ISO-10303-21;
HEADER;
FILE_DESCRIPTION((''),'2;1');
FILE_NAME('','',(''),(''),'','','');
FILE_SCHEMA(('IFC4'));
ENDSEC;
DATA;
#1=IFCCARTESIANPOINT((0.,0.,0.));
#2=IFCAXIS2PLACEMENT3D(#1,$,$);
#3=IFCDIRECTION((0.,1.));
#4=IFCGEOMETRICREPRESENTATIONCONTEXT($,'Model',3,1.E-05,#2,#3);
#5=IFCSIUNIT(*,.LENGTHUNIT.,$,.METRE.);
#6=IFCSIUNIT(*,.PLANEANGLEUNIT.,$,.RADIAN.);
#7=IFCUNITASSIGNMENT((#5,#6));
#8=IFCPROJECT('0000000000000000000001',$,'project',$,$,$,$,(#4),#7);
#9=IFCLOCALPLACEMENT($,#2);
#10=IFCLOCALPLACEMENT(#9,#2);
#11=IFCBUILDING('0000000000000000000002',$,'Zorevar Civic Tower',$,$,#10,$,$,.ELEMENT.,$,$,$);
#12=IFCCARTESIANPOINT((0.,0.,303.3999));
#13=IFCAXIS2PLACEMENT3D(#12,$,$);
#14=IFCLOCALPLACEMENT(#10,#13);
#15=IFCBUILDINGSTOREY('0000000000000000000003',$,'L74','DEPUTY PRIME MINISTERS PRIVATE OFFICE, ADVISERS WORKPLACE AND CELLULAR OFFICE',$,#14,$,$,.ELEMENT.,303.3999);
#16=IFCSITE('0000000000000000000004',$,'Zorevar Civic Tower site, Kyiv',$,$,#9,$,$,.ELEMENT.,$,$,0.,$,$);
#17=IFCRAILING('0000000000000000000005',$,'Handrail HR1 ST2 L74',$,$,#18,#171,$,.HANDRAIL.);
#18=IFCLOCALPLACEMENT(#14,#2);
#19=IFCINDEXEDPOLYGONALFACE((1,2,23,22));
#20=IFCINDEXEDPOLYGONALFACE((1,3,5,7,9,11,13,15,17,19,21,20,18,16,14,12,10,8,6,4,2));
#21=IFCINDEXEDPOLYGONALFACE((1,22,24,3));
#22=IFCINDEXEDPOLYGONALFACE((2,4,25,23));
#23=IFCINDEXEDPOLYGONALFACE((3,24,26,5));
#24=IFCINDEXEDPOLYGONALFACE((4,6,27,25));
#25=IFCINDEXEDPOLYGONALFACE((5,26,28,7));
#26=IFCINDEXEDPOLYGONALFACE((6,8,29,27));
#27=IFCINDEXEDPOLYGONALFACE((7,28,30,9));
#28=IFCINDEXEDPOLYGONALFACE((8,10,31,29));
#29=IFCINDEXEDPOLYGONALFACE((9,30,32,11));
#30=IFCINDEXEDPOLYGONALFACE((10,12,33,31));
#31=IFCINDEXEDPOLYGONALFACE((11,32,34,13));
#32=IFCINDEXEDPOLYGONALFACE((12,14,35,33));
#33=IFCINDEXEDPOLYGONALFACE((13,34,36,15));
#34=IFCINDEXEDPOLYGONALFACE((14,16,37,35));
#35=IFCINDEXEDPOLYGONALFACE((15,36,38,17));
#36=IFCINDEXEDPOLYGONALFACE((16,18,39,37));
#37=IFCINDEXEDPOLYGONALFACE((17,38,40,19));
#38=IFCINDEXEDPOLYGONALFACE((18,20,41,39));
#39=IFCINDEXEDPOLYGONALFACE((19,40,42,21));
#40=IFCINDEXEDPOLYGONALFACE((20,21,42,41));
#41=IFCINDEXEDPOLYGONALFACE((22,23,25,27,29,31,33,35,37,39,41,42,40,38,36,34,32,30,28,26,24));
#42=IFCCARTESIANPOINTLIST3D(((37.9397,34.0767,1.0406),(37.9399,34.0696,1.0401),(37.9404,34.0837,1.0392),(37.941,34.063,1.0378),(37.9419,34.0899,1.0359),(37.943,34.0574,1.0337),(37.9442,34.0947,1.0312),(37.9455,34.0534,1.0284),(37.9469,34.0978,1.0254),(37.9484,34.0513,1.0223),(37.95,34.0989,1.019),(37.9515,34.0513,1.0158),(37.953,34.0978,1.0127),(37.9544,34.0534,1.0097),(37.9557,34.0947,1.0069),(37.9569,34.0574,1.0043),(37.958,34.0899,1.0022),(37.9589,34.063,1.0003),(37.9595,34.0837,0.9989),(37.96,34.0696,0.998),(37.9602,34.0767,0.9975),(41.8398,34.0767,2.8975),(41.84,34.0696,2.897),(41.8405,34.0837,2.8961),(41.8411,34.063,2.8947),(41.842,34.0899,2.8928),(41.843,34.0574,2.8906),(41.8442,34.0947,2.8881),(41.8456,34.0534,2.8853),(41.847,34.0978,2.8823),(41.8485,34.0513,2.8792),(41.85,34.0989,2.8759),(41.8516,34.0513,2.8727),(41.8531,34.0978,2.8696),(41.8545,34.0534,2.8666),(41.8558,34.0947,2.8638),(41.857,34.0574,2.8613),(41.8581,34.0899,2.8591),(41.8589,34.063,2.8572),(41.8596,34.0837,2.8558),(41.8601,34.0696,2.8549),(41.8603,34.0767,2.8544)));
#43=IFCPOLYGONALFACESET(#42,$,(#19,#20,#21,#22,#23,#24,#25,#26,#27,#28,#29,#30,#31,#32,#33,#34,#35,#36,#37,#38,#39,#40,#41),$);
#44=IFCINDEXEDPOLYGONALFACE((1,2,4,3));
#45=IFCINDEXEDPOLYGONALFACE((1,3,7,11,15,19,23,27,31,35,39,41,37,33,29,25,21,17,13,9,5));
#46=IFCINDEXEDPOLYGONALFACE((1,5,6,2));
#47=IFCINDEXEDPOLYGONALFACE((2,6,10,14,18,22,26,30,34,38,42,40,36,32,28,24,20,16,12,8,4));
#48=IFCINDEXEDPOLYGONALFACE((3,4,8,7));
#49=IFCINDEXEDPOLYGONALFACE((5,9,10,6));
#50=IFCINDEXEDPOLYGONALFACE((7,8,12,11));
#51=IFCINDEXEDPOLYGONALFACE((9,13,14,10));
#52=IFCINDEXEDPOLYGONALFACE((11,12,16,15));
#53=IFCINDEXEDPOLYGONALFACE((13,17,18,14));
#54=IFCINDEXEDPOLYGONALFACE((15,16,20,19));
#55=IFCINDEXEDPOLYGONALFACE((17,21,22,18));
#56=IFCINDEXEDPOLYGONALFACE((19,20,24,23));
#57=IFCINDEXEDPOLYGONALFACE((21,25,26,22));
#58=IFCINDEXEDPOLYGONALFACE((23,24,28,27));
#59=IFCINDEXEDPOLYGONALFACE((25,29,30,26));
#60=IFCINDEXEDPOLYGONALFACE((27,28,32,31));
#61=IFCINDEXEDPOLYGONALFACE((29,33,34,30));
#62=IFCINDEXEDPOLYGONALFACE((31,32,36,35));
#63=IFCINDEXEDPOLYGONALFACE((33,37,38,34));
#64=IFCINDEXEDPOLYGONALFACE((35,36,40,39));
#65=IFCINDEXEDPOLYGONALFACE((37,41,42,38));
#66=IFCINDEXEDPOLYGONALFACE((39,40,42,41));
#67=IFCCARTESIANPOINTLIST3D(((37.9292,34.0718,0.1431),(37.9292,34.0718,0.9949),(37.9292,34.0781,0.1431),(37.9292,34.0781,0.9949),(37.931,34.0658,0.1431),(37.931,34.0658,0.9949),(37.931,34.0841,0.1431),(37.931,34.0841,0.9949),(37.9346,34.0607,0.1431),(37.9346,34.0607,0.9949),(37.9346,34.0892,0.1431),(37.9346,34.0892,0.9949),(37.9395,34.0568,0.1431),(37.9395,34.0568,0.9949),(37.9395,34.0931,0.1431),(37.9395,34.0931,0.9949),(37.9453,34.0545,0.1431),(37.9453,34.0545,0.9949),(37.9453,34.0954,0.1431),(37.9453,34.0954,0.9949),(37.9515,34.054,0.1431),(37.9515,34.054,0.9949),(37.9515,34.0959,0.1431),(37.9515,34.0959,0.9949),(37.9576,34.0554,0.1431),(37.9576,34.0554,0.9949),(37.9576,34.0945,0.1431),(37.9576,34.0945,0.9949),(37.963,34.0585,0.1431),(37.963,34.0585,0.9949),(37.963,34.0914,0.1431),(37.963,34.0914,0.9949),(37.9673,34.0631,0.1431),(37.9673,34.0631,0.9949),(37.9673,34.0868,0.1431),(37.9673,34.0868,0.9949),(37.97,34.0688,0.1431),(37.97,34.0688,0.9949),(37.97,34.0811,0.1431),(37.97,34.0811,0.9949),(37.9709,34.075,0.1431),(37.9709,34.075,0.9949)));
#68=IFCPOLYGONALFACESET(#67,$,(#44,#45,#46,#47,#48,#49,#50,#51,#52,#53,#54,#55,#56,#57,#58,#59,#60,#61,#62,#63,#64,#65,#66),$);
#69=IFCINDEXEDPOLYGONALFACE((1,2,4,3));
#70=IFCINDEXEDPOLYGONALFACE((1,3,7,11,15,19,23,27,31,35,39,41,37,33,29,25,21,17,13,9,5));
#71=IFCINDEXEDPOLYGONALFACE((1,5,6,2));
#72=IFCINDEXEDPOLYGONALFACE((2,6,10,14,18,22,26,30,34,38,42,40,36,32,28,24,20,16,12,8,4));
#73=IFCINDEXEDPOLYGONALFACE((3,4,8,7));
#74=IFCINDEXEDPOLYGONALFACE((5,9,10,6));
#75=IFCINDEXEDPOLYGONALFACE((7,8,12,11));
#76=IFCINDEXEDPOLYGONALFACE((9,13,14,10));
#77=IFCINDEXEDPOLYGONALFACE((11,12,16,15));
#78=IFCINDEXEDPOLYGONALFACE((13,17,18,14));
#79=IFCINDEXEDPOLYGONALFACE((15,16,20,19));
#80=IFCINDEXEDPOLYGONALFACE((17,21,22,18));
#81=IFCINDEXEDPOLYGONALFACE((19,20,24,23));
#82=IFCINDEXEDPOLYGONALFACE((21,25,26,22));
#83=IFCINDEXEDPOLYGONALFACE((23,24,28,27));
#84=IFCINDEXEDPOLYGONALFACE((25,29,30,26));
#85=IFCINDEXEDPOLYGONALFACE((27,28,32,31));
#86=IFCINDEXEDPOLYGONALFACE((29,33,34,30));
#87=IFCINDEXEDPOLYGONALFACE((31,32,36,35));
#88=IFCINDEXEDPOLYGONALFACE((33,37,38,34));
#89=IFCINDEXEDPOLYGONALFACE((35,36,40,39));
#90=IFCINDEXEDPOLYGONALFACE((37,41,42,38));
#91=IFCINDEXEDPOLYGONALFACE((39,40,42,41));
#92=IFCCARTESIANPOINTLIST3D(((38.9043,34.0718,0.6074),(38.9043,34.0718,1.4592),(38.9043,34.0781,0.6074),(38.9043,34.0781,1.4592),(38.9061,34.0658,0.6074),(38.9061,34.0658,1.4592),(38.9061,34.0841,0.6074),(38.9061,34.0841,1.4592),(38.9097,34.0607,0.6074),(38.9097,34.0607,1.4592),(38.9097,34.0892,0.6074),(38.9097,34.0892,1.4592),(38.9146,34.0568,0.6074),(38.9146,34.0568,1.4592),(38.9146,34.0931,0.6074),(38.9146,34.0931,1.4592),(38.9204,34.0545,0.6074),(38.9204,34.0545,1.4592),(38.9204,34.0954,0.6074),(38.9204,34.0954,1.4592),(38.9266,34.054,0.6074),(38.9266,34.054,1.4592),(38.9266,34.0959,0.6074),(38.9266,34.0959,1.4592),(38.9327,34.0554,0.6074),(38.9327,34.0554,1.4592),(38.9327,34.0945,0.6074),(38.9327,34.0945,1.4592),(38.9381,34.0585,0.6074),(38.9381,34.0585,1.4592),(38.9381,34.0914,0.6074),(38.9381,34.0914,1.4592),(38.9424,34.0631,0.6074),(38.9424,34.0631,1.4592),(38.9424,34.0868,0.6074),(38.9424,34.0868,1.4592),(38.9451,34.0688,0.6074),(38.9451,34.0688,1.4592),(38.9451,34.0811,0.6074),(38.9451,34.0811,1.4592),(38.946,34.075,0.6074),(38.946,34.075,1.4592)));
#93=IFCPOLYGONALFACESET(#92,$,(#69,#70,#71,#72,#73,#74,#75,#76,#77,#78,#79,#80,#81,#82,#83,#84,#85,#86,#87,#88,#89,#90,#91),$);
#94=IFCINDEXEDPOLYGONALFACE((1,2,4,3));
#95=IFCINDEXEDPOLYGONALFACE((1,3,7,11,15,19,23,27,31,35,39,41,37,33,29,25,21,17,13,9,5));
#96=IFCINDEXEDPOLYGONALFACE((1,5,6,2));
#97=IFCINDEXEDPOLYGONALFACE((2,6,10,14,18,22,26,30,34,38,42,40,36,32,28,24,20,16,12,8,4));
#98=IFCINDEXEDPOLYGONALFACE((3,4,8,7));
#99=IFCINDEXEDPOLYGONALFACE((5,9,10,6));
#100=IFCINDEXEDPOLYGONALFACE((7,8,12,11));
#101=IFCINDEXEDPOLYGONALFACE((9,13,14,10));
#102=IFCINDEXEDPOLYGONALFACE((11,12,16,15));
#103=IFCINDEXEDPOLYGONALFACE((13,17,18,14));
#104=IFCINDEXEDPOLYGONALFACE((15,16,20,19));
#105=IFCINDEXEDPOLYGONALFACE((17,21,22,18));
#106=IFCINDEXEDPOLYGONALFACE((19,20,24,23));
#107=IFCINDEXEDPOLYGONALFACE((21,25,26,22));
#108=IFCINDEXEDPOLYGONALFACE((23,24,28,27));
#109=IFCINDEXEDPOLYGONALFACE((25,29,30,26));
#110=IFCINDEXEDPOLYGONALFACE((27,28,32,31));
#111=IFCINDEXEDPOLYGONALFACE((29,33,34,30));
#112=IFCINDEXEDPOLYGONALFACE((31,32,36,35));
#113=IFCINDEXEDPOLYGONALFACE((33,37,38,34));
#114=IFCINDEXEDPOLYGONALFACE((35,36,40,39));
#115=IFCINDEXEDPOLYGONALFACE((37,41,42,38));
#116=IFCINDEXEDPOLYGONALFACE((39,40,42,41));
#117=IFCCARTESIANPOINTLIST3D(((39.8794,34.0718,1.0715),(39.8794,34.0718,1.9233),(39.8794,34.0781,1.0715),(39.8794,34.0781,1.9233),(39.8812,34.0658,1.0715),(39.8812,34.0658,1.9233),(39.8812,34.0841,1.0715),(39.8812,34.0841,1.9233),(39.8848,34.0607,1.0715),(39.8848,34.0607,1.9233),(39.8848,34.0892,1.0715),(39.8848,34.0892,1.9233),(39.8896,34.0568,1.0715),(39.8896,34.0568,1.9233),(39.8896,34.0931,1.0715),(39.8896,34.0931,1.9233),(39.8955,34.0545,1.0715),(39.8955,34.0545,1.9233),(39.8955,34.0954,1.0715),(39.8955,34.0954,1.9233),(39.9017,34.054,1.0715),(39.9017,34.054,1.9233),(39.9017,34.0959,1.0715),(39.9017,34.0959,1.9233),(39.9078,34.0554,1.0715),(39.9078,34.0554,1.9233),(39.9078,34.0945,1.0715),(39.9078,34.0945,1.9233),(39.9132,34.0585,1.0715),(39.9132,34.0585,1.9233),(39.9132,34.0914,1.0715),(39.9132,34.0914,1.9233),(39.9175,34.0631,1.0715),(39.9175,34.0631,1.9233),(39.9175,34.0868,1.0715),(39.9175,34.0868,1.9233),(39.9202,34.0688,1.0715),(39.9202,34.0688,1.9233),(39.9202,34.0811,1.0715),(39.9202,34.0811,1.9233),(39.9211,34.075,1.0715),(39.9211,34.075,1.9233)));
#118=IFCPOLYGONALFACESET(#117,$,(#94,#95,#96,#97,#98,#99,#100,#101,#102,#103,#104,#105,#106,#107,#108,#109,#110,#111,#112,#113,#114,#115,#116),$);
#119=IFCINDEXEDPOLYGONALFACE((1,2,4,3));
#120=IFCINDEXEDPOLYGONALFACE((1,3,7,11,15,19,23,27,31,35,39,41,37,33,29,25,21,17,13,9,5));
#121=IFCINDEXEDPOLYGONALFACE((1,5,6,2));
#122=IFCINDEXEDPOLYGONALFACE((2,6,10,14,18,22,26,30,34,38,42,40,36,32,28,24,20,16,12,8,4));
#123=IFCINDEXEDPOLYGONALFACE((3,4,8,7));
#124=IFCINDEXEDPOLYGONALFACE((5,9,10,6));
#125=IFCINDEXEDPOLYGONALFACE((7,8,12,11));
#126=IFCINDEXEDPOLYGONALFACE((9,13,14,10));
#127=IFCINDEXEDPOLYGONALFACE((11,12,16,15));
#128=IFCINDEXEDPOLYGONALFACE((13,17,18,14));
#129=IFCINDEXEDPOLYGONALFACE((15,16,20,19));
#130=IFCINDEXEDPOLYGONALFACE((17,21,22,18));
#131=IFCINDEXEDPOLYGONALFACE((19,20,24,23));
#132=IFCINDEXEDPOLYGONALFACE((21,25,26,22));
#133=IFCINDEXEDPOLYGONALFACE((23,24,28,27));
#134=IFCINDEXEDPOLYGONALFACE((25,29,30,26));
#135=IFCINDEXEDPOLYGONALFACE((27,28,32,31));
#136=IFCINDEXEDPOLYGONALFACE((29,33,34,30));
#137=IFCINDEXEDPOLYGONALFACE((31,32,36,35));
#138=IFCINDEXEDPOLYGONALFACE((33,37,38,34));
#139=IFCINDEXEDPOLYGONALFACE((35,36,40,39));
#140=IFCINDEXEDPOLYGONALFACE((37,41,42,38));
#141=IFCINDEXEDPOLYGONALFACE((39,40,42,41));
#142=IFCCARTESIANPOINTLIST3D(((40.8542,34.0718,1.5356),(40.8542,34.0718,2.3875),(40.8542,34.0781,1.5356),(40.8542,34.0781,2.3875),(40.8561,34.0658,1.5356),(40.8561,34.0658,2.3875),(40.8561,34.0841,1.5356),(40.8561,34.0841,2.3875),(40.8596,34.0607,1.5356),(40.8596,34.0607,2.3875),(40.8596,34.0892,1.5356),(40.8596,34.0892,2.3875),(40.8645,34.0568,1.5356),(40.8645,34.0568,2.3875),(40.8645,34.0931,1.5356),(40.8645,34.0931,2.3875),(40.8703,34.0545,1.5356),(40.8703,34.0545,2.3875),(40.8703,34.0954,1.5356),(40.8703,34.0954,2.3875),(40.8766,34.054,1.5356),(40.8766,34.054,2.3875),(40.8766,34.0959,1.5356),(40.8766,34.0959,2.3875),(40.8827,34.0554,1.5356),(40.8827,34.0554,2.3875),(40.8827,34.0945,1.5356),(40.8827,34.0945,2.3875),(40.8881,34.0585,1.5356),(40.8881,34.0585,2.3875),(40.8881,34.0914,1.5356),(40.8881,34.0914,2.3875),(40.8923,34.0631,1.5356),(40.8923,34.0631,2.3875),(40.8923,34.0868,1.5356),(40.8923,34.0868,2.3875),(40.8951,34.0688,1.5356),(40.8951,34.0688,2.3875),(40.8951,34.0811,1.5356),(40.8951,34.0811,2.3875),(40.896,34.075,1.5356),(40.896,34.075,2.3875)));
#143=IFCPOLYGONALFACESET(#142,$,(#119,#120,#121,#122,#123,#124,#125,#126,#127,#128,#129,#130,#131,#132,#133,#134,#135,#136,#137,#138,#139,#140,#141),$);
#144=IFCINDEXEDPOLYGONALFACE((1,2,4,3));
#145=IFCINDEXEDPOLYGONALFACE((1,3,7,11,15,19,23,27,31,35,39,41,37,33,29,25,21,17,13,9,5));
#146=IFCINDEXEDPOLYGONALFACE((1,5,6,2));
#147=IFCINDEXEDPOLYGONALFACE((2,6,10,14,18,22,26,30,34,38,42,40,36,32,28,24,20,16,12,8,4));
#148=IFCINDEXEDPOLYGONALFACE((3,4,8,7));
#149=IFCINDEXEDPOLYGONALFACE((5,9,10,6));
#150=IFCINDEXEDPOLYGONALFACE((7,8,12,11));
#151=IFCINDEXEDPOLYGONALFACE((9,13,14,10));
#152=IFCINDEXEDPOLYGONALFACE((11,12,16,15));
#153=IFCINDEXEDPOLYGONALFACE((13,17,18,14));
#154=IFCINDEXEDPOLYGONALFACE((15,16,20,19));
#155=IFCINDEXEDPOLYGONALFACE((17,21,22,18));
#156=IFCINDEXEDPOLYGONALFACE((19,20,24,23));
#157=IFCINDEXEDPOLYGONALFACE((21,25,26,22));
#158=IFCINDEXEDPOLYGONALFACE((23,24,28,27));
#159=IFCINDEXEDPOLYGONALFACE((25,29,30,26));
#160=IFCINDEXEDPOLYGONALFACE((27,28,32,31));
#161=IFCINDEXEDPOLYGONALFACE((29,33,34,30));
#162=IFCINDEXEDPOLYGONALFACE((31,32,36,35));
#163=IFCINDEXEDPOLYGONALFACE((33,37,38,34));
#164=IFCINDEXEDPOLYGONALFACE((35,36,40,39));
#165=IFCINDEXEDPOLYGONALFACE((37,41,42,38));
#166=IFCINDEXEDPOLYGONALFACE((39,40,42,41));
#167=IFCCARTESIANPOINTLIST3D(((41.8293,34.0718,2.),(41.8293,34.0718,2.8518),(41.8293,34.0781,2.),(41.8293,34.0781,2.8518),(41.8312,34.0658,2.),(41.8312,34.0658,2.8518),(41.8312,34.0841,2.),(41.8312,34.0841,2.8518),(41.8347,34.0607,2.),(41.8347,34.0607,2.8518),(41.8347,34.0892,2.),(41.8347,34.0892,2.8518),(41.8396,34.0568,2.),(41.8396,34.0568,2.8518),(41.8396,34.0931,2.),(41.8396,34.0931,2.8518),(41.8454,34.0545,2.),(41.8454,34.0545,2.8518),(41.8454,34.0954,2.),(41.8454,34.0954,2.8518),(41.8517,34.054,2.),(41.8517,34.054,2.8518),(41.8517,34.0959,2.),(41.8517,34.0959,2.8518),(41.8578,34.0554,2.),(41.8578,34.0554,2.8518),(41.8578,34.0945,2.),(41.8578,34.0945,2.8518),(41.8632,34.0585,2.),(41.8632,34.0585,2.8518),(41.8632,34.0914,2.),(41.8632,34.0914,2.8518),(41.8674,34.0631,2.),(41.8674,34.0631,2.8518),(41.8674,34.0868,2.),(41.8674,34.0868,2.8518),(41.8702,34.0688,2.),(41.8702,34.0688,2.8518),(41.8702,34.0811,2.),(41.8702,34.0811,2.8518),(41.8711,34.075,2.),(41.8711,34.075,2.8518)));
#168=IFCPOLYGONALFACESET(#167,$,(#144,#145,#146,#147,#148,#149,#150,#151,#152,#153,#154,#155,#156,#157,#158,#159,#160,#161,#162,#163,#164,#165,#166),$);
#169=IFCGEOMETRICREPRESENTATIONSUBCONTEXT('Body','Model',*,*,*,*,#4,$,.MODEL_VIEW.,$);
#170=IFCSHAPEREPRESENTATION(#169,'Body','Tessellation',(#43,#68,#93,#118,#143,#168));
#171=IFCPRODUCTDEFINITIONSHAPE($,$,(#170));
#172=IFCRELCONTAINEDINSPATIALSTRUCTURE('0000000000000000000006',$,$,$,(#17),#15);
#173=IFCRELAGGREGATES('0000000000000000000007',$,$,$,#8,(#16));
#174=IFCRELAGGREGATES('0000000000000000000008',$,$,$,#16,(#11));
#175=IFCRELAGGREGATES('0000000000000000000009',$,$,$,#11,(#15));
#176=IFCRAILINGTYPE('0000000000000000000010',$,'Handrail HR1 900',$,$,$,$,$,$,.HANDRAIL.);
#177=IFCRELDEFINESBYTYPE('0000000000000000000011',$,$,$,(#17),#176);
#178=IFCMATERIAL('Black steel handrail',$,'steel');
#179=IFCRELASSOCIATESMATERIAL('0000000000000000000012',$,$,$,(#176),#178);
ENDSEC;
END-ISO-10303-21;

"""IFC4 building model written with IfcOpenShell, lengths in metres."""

from ifc_helpers import new_model, si_unit, direction, frame, origin, origin_2d, place, context, subcontext, project, spatial, circle, extrude, material, type_object, element, save


model = new_model("IFC4")

# Units and contexts
model_context = context("Model", 3, precision=1e-05, world=origin(), true_north=direction((0.0, 1.0)))
body_context = subcontext(model_context, "Body", "Model", "MODEL_VIEW")
ifc_project = project(units=[si_unit("LENGTHUNIT", "METRE"), si_unit("PLANEANGLEUNIT", "RADIAN")], contexts=[model_context])

# Site, building, storey
site_placement = place(None, origin())
site = spatial("IfcSite", under=ifc_project, at=site_placement, Name="Zorevar Civic Tower site, Kyiv", CompositionType="ELEMENT", RefElevation=0.0)
building_placement = place(site_placement, origin())
building = spatial("IfcBuilding", under=site, at=building_placement, Name="Zorevar Civic Tower", CompositionType="ELEMENT")
storey_placement = place(building_placement, frame((0.0, 0.0, 303.3999)))
storey = spatial("IfcBuildingStorey", under=building, at=storey_placement, Name="L74", Description="DEPUTY PRIME MINISTERS PRIVATE OFFICE, ADVISERS WORKPLACE AND CELLULAR OFFICE", CompositionType="ELEMENT", Elevation=303.3999)

# Railing
ifc_material_1 = material(Name="Black steel handrail", Category="steel")
railing_type = type_object("IfcRailingType", Name="Handrail HR1 900", PredefinedType="HANDRAIL", material=ifc_material_1)
railing_1_placement = place(storey_placement, frame((37.95, 34.075, 0.1431)))
element("IfcRailing", 1, at=railing_1_placement, inside=storey, type_object=railing_type, Name="Handrail HR1 ST2 L74", PredefinedType="HANDRAIL", context=body_context, shape_type="SweptSolid", body=[
    extrude(circle(Radius=0.0239, at=origin_2d()), frame((0.0, 0.0, 0.876), z_axis=(0.902886, 0.0, 0.429881), x_axis=(0.0, 1.0, 0.0)), (0.0, 0.0, 1.0), 4.3196),
    extrude(circle(Radius=0.021, at=origin_2d()), origin(), (0.0, 0.0, 1.0), 0.8518),
    extrude(circle(Radius=0.021, at=origin_2d()), frame((0.9751, 0.0, 0.4644)), (0.0, 0.0, 1.0), 0.8518),
    extrude(circle(Radius=0.021, at=origin_2d()), frame((1.9502, 0.0, 0.9285)), (0.0, 0.0, 1.0), 0.8518),
    extrude(circle(Radius=0.021, at=origin_2d()), frame((2.925, 0.0, 1.3926)), (0.0, 0.0, 1.0), 0.8518),
    extrude(circle(Radius=0.021, at=origin_2d()), frame((3.9001, 0.0, 1.8569)), (0.0, 0.0, 1.0), 0.8518),
])

save(model, "model.ifc")
